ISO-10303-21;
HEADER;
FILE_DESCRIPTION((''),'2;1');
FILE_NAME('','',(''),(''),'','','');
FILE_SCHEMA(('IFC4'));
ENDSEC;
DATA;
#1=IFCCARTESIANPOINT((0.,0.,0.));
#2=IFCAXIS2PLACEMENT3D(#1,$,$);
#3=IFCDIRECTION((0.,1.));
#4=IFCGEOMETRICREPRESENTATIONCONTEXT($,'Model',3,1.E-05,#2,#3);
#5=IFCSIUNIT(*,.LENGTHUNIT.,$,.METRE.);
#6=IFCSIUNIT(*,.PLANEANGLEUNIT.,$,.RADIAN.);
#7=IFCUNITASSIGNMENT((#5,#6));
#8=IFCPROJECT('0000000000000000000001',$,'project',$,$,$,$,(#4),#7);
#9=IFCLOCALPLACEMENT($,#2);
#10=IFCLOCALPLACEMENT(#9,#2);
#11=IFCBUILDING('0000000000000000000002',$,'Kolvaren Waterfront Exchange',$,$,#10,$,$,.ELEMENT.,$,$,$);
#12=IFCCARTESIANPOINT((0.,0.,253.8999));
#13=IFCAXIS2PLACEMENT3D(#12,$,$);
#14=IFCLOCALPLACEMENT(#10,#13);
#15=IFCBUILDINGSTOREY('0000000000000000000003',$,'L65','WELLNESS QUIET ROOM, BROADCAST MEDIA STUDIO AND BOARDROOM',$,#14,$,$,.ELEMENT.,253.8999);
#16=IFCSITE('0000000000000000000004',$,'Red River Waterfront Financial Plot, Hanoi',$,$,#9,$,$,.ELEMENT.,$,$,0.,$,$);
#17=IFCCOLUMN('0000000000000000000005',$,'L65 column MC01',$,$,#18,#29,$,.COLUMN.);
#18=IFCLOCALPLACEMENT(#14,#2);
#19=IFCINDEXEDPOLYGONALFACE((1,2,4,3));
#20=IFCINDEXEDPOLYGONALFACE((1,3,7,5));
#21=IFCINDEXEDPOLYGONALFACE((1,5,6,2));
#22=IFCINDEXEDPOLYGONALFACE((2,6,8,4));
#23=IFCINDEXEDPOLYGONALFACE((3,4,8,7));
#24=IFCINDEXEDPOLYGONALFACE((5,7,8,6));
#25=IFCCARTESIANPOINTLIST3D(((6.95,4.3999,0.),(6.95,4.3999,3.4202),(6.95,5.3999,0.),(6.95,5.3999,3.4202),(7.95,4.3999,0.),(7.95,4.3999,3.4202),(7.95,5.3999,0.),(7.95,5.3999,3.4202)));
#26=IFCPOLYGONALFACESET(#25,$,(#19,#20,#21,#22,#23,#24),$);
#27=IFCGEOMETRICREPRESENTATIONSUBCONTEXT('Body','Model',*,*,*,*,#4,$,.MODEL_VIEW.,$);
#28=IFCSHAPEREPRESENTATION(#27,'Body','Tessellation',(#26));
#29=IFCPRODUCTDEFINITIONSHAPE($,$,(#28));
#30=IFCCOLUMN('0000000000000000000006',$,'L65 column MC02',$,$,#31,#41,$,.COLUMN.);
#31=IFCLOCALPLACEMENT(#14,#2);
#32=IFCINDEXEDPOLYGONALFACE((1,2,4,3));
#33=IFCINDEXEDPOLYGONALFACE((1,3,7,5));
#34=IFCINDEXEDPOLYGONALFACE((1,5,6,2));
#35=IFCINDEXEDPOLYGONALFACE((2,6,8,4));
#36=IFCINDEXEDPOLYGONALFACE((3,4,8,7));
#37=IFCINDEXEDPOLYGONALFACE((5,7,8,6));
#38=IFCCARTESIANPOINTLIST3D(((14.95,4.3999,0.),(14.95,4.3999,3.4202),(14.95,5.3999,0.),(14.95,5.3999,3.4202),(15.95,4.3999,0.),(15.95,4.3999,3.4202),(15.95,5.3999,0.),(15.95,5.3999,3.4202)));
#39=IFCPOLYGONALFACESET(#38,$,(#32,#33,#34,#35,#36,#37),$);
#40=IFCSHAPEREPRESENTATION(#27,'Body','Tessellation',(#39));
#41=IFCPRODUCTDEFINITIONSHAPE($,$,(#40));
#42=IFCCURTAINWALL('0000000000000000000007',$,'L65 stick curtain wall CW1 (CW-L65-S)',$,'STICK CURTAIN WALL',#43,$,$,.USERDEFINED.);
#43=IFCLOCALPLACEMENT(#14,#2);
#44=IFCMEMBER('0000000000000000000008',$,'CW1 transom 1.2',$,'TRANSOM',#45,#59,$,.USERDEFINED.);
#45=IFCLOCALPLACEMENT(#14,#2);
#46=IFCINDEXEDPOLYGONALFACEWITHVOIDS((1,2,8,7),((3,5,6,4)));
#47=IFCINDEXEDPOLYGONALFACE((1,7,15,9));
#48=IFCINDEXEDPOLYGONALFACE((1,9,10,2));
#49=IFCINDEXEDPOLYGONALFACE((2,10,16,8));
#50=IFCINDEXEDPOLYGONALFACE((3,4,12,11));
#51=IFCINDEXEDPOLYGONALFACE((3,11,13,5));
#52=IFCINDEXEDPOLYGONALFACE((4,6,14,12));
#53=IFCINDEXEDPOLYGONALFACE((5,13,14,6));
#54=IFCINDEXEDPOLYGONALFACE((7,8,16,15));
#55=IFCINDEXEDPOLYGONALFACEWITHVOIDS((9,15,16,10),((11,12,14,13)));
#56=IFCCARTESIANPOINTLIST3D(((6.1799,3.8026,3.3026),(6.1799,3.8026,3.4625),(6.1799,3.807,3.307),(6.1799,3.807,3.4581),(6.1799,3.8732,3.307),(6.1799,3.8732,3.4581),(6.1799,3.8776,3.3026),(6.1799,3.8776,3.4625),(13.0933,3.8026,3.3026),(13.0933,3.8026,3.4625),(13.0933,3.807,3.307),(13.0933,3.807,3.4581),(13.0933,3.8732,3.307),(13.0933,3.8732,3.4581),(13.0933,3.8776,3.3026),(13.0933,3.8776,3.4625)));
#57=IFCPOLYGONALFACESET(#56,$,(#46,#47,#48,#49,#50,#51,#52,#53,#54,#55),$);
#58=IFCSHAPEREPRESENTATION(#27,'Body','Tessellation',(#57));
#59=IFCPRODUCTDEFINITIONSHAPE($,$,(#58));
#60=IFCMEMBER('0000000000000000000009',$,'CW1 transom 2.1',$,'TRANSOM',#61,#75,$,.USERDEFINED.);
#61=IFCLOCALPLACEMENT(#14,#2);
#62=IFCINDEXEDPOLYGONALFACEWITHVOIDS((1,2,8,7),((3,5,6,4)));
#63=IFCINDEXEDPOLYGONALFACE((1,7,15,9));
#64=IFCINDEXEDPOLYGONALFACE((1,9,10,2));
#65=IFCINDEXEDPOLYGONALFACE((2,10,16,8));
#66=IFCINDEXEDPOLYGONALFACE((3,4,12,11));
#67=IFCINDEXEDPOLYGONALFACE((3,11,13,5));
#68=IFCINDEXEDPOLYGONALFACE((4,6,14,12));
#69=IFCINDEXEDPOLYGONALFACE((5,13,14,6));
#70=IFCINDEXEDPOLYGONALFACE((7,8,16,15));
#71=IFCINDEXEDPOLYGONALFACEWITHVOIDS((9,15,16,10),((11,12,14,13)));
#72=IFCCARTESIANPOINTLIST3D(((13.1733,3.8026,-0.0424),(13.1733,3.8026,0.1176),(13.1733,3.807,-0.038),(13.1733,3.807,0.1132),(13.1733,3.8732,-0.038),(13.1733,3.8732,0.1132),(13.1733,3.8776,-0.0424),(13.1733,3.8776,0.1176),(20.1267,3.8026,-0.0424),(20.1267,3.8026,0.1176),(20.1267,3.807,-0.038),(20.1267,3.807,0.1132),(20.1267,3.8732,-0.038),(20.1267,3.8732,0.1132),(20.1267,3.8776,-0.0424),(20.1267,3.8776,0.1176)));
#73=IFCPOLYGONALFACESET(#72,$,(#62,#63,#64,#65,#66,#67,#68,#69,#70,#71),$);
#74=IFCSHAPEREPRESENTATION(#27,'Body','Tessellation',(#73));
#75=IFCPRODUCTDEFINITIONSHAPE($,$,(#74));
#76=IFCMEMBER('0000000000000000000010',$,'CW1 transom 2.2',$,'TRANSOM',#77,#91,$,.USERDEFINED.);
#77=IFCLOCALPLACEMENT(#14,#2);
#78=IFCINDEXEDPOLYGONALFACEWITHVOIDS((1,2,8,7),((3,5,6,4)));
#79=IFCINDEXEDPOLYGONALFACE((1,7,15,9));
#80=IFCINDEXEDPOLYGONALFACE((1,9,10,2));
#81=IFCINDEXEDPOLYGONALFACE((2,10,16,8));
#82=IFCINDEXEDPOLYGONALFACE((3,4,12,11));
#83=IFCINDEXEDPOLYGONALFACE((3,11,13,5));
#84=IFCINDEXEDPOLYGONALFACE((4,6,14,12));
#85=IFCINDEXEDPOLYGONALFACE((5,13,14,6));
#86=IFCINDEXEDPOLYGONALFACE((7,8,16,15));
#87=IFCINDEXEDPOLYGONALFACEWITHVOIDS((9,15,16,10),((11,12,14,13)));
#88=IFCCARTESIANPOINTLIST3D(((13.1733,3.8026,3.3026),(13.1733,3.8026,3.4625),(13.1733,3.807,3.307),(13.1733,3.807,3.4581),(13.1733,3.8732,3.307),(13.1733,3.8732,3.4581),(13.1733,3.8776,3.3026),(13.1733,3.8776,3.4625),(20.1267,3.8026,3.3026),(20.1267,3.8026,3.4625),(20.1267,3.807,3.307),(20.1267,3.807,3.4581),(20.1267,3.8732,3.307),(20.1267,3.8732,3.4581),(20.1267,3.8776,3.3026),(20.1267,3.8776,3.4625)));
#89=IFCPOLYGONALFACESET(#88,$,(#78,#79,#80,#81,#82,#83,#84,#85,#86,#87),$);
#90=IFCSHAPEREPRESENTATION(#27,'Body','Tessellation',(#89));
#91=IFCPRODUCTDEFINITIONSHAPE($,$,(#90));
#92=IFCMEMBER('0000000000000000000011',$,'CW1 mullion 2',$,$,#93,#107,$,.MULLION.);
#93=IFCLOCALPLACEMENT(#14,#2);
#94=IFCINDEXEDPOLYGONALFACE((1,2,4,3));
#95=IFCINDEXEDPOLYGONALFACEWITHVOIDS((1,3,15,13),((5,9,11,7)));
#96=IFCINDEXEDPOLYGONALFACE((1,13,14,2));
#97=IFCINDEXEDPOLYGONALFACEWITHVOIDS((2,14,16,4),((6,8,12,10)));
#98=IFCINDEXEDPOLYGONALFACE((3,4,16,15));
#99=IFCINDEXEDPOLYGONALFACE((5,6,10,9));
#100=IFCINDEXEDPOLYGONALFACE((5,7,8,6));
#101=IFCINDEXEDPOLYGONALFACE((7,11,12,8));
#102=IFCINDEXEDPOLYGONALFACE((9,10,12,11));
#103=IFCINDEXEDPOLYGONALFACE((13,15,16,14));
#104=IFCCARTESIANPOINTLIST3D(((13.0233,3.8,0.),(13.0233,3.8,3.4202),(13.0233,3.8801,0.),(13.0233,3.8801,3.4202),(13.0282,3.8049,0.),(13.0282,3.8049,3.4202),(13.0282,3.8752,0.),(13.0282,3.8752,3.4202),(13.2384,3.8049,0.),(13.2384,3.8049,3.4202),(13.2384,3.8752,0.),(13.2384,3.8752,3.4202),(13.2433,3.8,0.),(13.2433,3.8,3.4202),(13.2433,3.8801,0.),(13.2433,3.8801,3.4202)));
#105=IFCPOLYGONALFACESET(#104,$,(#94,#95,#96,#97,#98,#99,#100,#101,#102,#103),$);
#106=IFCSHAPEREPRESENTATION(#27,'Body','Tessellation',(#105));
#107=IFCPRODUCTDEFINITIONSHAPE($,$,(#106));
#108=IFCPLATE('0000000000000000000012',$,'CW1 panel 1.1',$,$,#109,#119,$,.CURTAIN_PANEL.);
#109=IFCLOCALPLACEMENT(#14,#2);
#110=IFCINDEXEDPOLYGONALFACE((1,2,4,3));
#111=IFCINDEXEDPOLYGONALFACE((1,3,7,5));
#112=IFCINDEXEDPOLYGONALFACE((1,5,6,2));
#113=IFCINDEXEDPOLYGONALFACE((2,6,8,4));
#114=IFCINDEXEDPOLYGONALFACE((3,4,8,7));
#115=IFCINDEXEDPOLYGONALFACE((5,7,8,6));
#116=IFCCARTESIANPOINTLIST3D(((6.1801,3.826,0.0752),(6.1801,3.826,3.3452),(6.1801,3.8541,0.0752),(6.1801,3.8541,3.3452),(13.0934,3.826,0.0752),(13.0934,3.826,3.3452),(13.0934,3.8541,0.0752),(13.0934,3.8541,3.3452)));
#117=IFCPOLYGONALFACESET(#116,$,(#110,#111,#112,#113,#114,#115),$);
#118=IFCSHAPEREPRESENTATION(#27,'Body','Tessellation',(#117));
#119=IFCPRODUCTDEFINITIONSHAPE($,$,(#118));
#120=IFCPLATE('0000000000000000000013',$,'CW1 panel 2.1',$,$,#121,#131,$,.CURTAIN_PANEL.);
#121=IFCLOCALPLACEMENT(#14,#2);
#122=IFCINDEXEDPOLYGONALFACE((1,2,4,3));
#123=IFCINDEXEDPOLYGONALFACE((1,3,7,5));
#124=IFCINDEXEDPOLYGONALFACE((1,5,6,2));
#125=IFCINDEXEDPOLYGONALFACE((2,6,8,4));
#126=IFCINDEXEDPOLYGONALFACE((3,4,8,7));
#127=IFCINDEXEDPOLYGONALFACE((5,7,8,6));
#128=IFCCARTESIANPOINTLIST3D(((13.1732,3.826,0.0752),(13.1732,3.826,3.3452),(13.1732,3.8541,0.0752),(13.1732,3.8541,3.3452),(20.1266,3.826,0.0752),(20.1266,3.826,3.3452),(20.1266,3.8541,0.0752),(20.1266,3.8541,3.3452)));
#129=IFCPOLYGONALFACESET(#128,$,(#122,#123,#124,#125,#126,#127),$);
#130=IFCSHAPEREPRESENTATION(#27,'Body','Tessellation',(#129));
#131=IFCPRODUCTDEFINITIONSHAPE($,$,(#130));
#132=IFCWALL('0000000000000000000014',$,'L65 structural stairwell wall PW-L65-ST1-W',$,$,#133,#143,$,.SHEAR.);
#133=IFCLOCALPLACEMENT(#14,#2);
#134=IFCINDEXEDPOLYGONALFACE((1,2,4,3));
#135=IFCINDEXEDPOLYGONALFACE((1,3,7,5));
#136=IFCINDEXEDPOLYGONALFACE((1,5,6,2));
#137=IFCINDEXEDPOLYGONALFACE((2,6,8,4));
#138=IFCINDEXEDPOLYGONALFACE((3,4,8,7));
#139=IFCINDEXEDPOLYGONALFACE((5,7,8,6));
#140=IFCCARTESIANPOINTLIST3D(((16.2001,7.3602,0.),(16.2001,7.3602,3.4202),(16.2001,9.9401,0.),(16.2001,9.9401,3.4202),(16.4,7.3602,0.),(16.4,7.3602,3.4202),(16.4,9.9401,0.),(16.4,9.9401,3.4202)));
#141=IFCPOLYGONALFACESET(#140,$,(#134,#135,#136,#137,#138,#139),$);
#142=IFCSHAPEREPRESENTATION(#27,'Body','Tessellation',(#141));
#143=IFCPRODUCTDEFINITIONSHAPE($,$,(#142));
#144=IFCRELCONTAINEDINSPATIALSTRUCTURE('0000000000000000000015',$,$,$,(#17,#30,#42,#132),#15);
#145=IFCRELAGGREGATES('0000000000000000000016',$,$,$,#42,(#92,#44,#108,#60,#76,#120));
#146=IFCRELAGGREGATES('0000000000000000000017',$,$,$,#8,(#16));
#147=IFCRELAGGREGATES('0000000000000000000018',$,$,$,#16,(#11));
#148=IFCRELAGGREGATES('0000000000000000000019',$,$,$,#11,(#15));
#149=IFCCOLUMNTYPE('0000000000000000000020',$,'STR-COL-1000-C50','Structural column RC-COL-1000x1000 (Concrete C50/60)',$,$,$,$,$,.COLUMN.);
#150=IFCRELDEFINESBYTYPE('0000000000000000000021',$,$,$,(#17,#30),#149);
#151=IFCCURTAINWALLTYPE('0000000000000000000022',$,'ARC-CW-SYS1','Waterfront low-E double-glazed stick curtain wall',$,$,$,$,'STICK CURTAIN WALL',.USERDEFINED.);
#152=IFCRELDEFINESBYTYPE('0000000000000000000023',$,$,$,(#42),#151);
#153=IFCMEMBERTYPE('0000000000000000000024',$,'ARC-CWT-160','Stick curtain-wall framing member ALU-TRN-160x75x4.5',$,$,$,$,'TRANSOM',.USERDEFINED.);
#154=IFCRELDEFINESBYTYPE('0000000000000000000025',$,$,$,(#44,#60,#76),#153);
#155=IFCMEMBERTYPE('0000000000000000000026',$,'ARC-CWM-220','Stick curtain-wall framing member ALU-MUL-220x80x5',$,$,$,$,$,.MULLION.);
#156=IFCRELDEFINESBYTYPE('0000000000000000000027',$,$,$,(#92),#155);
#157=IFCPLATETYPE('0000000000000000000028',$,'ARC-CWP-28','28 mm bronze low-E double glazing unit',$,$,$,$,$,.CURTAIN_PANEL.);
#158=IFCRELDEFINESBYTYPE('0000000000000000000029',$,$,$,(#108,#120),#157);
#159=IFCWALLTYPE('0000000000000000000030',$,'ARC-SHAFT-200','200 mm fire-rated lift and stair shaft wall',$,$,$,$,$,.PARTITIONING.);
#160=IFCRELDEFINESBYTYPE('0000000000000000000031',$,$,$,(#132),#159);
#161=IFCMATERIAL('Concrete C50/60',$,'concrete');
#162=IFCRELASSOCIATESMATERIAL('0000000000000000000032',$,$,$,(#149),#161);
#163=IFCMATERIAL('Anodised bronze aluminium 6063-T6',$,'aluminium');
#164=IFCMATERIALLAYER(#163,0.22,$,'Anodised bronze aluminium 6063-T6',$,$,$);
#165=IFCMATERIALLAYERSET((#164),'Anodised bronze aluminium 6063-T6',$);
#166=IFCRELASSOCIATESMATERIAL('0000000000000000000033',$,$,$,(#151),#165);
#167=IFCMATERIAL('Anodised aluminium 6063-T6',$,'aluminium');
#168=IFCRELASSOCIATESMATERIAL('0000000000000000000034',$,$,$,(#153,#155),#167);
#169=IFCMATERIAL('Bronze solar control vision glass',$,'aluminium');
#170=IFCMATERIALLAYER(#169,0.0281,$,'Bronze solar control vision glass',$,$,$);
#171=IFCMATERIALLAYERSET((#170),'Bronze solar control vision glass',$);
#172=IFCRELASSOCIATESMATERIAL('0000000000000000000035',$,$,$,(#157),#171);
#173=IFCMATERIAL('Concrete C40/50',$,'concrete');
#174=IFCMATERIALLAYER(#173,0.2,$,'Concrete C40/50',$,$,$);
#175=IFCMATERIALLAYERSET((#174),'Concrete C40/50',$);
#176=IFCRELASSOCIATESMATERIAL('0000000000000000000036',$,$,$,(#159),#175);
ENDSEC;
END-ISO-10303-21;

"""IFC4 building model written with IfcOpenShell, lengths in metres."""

from ifc_helpers import new_model, si_unit, direction, frame, frame_2d, origin, origin_with_axes, origin_2d, place, context, subcontext, project, spatial, rectangle, hollow_rectangle, extrude, source, transform, mapped, material, layer, layer_set, material_profile, profile_set, type_object, element, aggregate, save


model = new_model("IFC4")

# Units and contexts
model_context = context("Model", 3, precision=1e-05, world=origin(), true_north=direction((0.0, 1.0)))
body_context = subcontext(model_context, "Body", "Model", "MODEL_VIEW")
ifc_project = project(units=[si_unit("LENGTHUNIT", "METRE"), si_unit("PLANEANGLEUNIT", "RADIAN")], contexts=[model_context])

# Site, building, storey
site_placement = place(None, origin())
site = spatial("IfcSite", under=ifc_project, at=site_placement, Name="Red River Waterfront Financial Plot, Hanoi", CompositionType="ELEMENT", RefElevation=0.0)
building_placement = place(site_placement, origin())
building = spatial("IfcBuilding", under=site, at=building_placement, Name="Kolvaren Waterfront Exchange", CompositionType="ELEMENT")
storey_placement = place(building_placement, frame((0.0, 0.0, 253.8999)))
storey = spatial("IfcBuildingStorey", under=building, at=storey_placement, Name="L65", Description="WELLNESS QUIET ROOM, BROADCAST MEDIA STUDIO AND BOARDROOM", CompositionType="ELEMENT", Elevation=253.8999)

# Columns
ifc_material_1 = material(Name="Concrete C50/60", Category="concrete")
ifc_material_profile_1 = material_profile(ifc_material_1, rectangle(XDim=1.0, YDim=1.0, at=origin_2d()), Name="RC-COL-1000x1000")
ifc_profile_set_1 = profile_set([ifc_material_profile_1], Name="Concrete C50/60")
column_type = type_object("IfcColumnType", Name="STR-COL-1000-C50", Description="Structural column RC-COL-1000x1000 (Concrete C50/60)", PredefinedType="COLUMN", material=ifc_profile_set_1)
for number, where, z_axis, x_axis, name in (
    (1, (7.45, 4.8999, 0.0), (0.0, 0.0, 1.0), (1.0, 0.0, 0.0), "L65 column MC01"),
    (2, (15.45, 4.8999, 0.0), (0.0, 0.0, 1.0), (1.0, 0.0, 0.0), "L65 column MC02"),
):
    element("IfcColumn", number, at=place(storey_placement, frame(where, z_axis=z_axis, x_axis=x_axis)), inside=storey, type_object=column_type, Name=name, PredefinedType="COLUMN", context=body_context, shape_type="SweptSolid", body=[
        extrude(rectangle(XDim=1.0, YDim=1.0, at=origin_2d()), origin(), (0.0, 0.0, 1.0), 3.4202),
    ])

# Curtain wall, members, plates
ifc_material_2 = material(Name="Anodised bronze aluminium 6063-T6", Category="aluminium")
ifc_layer_1 = layer(ifc_material_2, 0.22, Name="Anodised bronze aluminium 6063-T6")
ifc_layer_set_1 = layer_set([ifc_layer_1], Name="Anodised bronze aluminium 6063-T6")
curtain_wall_type = type_object("IfcCurtainWallType", Name="ARC-CW-SYS1", Description="Waterfront low-E double-glazed stick curtain wall", ElementType="STICK CURTAIN WALL", PredefinedType="USERDEFINED", material=ifc_layer_set_1)
curtain_wall_placement = place(storey_placement, origin())
curtain_wall = element("IfcCurtainWall", 3, at=curtain_wall_placement, inside=storey, type_object=curtain_wall_type, Name="L65 stick curtain wall CW1 (CW-L65-S)", ObjectType="STICK CURTAIN WALL", PredefinedType="USERDEFINED")
ifc_material_3 = material(Name="Anodised aluminium 6063-T6", Category="aluminium")
ifc_material_profile_2 = material_profile(ifc_material_3, hollow_rectangle(XDim=0.075, YDim=0.1599, WallThickness=0.0044, at=origin_2d()), Name="ALU-TRN-160x75x4.5")
ifc_profile_set_2 = profile_set([ifc_material_profile_2], Name="Anodised aluminium 6063-T6")
member_type_1 = type_object("IfcMemberType", Name="ARC-CWT-160", Description="Stick curtain-wall framing member ALU-TRN-160x75x4.5", ElementType="TRANSOM", PredefinedType="USERDEFINED", material=ifc_profile_set_2)
shared_shape_1 = source(origin_with_axes(), body_context, "Body", "SweptSolid", [
    extrude(hollow_rectangle(XDim=0.075, YDim=0.1599, WallThickness=0.0044, at=origin_2d()), origin(), (0.0, 0.0, 1.0), 6.9133),
])
member_1_placement = place(storey_placement, frame((6.1799, 3.8401, 3.3826), z_axis=(1.0, 0.0, 0.0), x_axis=(0.0, 1.0, 0.0)))
member_1 = element("IfcMember", 4, at=member_1_placement, type_object=member_type_1, Name="CW1 transom 1.2", ObjectType="TRANSOM", PredefinedType="USERDEFINED", context=body_context, shape_type="MappedRepresentation", body=[
    mapped(shared_shape_1, transform((0.0, 0.0, 0.0), x_axis=(1.0, 0.0, 0.0), y_axis=(0.0, 1.0, 0.0), z_axis=(0.0, 0.0, 1.0), scale=1.0)),
])
shared_shape_2 = source(origin_with_axes(), body_context, "Body", "SweptSolid", [
    extrude(hollow_rectangle(XDim=0.075, YDim=0.1599, WallThickness=0.0044, at=origin_2d()), origin(), (0.0, 0.0, 1.0), 6.9534),
])
member_2_placement = place(storey_placement, frame((13.1733, 3.8401, 0.0376), z_axis=(1.0, 0.0, 0.0), x_axis=(0.0, 1.0, 0.0)))
member_2 = element("IfcMember", 5, at=member_2_placement, type_object=member_type_1, Name="CW1 transom 2.1", ObjectType="TRANSOM", PredefinedType="USERDEFINED", context=body_context, shape_type="MappedRepresentation", body=[
    mapped(shared_shape_2, transform((0.0, 0.0, 0.0), x_axis=(1.0, 0.0, 0.0), y_axis=(0.0, 1.0, 0.0), z_axis=(0.0, 0.0, 1.0), scale=1.0)),
])
member_3_placement = place(storey_placement, frame((13.1733, 3.8401, 3.3826), z_axis=(1.0, 0.0, 0.0), x_axis=(0.0, 1.0, 0.0)))
member_3 = element("IfcMember", 6, at=member_3_placement, type_object=member_type_1, Name="CW1 transom 2.2", ObjectType="TRANSOM", PredefinedType="USERDEFINED", context=body_context, shape_type="MappedRepresentation", body=[
    mapped(shared_shape_2, transform((0.0, 0.0, 0.0), x_axis=(1.0, 0.0, 0.0), y_axis=(0.0, 1.0, 0.0), z_axis=(0.0, 0.0, 1.0), scale=1.0)),
])
ifc_material_profile_3 = material_profile(ifc_material_3, hollow_rectangle(XDim=0.0801, YDim=0.22, WallThickness=0.0049, at=origin_2d()), Name="ALU-MUL-220x80x5")
ifc_profile_set_3 = profile_set([ifc_material_profile_3], Name="Anodised aluminium 6063-T6")
member_type_2 = type_object("IfcMemberType", Name="ARC-CWM-220", Description="Stick curtain-wall framing member ALU-MUL-220x80x5", PredefinedType="MULLION", material=ifc_profile_set_3)
shared_shape_3 = source(origin_with_axes(), body_context, "Body", "SweptSolid", [
    extrude(hollow_rectangle(XDim=0.0801, YDim=0.22, WallThickness=0.0049, at=origin_2d()), origin(), (0.0, 0.0, 1.0), 3.4202),
])
member_4_placement = place(storey_placement, frame((13.1333, 3.8401, 0.0), z_axis=(0.0, 0.0, 1.0), x_axis=(0.0, 1.0, 0.0)))
member_4 = element("IfcMember", 7, at=member_4_placement, type_object=member_type_2, Name="CW1 mullion 2", PredefinedType="MULLION", context=body_context, shape_type="MappedRepresentation", body=[
    mapped(shared_shape_3, transform((0.0, 0.0, 0.0), x_axis=(1.0, 0.0, 0.0), y_axis=(0.0, 1.0, 0.0), z_axis=(0.0, 0.0, 1.0), scale=1.0)),
])
ifc_material_4 = material(Name="Bronze solar control vision glass", Category="aluminium")
ifc_layer_2 = layer(ifc_material_4, 0.0281, Name="Bronze solar control vision glass")
ifc_layer_set_2 = layer_set([ifc_layer_2], Name="Bronze solar control vision glass")
plate_type = type_object("IfcPlateType", Name="ARC-CWP-28", Description="28 mm bronze low-E double glazing unit", PredefinedType="CURTAIN_PANEL", material=ifc_layer_set_2)
shared_shape_4 = source(origin_with_axes(), body_context, "Body", "SweptSolid", [
    extrude(rectangle(XDim=6.9133, YDim=0.0281, at=origin_2d()), origin(), (0.0, 0.0, 1.0), 3.27),
])
plate_1_placement = place(storey_placement, frame((9.6367, 3.8401, 0.0752), z_axis=(0.0, 0.0, 1.0), x_axis=(1.0, 0.0, 0.0)))
plate_1 = element("IfcPlate", 8, at=plate_1_placement, type_object=plate_type, Name="CW1 panel 1.1", PredefinedType="CURTAIN_PANEL", context=body_context, shape_type="MappedRepresentation", body=[
    mapped(shared_shape_4, transform((0.0, 0.0, 0.0), x_axis=(1.0, 0.0, 0.0), y_axis=(0.0, 1.0, 0.0), z_axis=(0.0, 0.0, 1.0), scale=1.0)),
])
shared_shape_5 = source(origin_with_axes(), body_context, "Body", "SweptSolid", [
    extrude(rectangle(XDim=6.9534, YDim=0.0281, at=origin_2d()), origin(), (0.0, 0.0, 1.0), 3.27),
])
plate_2_placement = place(storey_placement, frame((16.6499, 3.8401, 0.0752), z_axis=(0.0, 0.0, 1.0), x_axis=(1.0, 0.0, 0.0)))
plate_2 = element("IfcPlate", 9, at=plate_2_placement, type_object=plate_type, Name="CW1 panel 2.1", PredefinedType="CURTAIN_PANEL", context=body_context, shape_type="MappedRepresentation", body=[
    mapped(shared_shape_5, transform((0.0, 0.0, 0.0), x_axis=(1.0, 0.0, 0.0), y_axis=(0.0, 1.0, 0.0), z_axis=(0.0, 0.0, 1.0), scale=1.0)),
])
aggregate(curtain_wall, [member_4, member_1, plate_1, member_2, member_3, plate_2])

# Wall
ifc_material_5 = material(Name="Concrete C40/50", Category="concrete")
ifc_layer_3 = layer(ifc_material_5, 0.2, Name="Concrete C40/50")
ifc_layer_set_3 = layer_set([ifc_layer_3], Name="Concrete C40/50")
wall_type_1 = type_object("IfcWallType", Name="ARC-SHAFT-200", Description="200 mm fire-rated lift and stair shaft wall", PredefinedType="PARTITIONING", material=ifc_layer_set_3)
wall_1_placement = place(storey_placement, frame((16.3, 7.3601, 0.0), z_axis=(0.0, 0.0, 1.0), x_axis=(0.0, 1.0, 0.0)))
element("IfcWall", 10, at=wall_1_placement, inside=storey, type_object=wall_type_1, Name="L65 structural stairwell wall PW-L65-ST1-W", PredefinedType="SHEAR", context=body_context, shape_type="SweptSolid", body=[
    extrude(rectangle(XDim=2.5798, YDim=0.2, at=frame_2d((1.29, 0.0))), origin(), (0.0, 0.0, 1.0), 3.4202),
])

save(model, "model.ifc")
